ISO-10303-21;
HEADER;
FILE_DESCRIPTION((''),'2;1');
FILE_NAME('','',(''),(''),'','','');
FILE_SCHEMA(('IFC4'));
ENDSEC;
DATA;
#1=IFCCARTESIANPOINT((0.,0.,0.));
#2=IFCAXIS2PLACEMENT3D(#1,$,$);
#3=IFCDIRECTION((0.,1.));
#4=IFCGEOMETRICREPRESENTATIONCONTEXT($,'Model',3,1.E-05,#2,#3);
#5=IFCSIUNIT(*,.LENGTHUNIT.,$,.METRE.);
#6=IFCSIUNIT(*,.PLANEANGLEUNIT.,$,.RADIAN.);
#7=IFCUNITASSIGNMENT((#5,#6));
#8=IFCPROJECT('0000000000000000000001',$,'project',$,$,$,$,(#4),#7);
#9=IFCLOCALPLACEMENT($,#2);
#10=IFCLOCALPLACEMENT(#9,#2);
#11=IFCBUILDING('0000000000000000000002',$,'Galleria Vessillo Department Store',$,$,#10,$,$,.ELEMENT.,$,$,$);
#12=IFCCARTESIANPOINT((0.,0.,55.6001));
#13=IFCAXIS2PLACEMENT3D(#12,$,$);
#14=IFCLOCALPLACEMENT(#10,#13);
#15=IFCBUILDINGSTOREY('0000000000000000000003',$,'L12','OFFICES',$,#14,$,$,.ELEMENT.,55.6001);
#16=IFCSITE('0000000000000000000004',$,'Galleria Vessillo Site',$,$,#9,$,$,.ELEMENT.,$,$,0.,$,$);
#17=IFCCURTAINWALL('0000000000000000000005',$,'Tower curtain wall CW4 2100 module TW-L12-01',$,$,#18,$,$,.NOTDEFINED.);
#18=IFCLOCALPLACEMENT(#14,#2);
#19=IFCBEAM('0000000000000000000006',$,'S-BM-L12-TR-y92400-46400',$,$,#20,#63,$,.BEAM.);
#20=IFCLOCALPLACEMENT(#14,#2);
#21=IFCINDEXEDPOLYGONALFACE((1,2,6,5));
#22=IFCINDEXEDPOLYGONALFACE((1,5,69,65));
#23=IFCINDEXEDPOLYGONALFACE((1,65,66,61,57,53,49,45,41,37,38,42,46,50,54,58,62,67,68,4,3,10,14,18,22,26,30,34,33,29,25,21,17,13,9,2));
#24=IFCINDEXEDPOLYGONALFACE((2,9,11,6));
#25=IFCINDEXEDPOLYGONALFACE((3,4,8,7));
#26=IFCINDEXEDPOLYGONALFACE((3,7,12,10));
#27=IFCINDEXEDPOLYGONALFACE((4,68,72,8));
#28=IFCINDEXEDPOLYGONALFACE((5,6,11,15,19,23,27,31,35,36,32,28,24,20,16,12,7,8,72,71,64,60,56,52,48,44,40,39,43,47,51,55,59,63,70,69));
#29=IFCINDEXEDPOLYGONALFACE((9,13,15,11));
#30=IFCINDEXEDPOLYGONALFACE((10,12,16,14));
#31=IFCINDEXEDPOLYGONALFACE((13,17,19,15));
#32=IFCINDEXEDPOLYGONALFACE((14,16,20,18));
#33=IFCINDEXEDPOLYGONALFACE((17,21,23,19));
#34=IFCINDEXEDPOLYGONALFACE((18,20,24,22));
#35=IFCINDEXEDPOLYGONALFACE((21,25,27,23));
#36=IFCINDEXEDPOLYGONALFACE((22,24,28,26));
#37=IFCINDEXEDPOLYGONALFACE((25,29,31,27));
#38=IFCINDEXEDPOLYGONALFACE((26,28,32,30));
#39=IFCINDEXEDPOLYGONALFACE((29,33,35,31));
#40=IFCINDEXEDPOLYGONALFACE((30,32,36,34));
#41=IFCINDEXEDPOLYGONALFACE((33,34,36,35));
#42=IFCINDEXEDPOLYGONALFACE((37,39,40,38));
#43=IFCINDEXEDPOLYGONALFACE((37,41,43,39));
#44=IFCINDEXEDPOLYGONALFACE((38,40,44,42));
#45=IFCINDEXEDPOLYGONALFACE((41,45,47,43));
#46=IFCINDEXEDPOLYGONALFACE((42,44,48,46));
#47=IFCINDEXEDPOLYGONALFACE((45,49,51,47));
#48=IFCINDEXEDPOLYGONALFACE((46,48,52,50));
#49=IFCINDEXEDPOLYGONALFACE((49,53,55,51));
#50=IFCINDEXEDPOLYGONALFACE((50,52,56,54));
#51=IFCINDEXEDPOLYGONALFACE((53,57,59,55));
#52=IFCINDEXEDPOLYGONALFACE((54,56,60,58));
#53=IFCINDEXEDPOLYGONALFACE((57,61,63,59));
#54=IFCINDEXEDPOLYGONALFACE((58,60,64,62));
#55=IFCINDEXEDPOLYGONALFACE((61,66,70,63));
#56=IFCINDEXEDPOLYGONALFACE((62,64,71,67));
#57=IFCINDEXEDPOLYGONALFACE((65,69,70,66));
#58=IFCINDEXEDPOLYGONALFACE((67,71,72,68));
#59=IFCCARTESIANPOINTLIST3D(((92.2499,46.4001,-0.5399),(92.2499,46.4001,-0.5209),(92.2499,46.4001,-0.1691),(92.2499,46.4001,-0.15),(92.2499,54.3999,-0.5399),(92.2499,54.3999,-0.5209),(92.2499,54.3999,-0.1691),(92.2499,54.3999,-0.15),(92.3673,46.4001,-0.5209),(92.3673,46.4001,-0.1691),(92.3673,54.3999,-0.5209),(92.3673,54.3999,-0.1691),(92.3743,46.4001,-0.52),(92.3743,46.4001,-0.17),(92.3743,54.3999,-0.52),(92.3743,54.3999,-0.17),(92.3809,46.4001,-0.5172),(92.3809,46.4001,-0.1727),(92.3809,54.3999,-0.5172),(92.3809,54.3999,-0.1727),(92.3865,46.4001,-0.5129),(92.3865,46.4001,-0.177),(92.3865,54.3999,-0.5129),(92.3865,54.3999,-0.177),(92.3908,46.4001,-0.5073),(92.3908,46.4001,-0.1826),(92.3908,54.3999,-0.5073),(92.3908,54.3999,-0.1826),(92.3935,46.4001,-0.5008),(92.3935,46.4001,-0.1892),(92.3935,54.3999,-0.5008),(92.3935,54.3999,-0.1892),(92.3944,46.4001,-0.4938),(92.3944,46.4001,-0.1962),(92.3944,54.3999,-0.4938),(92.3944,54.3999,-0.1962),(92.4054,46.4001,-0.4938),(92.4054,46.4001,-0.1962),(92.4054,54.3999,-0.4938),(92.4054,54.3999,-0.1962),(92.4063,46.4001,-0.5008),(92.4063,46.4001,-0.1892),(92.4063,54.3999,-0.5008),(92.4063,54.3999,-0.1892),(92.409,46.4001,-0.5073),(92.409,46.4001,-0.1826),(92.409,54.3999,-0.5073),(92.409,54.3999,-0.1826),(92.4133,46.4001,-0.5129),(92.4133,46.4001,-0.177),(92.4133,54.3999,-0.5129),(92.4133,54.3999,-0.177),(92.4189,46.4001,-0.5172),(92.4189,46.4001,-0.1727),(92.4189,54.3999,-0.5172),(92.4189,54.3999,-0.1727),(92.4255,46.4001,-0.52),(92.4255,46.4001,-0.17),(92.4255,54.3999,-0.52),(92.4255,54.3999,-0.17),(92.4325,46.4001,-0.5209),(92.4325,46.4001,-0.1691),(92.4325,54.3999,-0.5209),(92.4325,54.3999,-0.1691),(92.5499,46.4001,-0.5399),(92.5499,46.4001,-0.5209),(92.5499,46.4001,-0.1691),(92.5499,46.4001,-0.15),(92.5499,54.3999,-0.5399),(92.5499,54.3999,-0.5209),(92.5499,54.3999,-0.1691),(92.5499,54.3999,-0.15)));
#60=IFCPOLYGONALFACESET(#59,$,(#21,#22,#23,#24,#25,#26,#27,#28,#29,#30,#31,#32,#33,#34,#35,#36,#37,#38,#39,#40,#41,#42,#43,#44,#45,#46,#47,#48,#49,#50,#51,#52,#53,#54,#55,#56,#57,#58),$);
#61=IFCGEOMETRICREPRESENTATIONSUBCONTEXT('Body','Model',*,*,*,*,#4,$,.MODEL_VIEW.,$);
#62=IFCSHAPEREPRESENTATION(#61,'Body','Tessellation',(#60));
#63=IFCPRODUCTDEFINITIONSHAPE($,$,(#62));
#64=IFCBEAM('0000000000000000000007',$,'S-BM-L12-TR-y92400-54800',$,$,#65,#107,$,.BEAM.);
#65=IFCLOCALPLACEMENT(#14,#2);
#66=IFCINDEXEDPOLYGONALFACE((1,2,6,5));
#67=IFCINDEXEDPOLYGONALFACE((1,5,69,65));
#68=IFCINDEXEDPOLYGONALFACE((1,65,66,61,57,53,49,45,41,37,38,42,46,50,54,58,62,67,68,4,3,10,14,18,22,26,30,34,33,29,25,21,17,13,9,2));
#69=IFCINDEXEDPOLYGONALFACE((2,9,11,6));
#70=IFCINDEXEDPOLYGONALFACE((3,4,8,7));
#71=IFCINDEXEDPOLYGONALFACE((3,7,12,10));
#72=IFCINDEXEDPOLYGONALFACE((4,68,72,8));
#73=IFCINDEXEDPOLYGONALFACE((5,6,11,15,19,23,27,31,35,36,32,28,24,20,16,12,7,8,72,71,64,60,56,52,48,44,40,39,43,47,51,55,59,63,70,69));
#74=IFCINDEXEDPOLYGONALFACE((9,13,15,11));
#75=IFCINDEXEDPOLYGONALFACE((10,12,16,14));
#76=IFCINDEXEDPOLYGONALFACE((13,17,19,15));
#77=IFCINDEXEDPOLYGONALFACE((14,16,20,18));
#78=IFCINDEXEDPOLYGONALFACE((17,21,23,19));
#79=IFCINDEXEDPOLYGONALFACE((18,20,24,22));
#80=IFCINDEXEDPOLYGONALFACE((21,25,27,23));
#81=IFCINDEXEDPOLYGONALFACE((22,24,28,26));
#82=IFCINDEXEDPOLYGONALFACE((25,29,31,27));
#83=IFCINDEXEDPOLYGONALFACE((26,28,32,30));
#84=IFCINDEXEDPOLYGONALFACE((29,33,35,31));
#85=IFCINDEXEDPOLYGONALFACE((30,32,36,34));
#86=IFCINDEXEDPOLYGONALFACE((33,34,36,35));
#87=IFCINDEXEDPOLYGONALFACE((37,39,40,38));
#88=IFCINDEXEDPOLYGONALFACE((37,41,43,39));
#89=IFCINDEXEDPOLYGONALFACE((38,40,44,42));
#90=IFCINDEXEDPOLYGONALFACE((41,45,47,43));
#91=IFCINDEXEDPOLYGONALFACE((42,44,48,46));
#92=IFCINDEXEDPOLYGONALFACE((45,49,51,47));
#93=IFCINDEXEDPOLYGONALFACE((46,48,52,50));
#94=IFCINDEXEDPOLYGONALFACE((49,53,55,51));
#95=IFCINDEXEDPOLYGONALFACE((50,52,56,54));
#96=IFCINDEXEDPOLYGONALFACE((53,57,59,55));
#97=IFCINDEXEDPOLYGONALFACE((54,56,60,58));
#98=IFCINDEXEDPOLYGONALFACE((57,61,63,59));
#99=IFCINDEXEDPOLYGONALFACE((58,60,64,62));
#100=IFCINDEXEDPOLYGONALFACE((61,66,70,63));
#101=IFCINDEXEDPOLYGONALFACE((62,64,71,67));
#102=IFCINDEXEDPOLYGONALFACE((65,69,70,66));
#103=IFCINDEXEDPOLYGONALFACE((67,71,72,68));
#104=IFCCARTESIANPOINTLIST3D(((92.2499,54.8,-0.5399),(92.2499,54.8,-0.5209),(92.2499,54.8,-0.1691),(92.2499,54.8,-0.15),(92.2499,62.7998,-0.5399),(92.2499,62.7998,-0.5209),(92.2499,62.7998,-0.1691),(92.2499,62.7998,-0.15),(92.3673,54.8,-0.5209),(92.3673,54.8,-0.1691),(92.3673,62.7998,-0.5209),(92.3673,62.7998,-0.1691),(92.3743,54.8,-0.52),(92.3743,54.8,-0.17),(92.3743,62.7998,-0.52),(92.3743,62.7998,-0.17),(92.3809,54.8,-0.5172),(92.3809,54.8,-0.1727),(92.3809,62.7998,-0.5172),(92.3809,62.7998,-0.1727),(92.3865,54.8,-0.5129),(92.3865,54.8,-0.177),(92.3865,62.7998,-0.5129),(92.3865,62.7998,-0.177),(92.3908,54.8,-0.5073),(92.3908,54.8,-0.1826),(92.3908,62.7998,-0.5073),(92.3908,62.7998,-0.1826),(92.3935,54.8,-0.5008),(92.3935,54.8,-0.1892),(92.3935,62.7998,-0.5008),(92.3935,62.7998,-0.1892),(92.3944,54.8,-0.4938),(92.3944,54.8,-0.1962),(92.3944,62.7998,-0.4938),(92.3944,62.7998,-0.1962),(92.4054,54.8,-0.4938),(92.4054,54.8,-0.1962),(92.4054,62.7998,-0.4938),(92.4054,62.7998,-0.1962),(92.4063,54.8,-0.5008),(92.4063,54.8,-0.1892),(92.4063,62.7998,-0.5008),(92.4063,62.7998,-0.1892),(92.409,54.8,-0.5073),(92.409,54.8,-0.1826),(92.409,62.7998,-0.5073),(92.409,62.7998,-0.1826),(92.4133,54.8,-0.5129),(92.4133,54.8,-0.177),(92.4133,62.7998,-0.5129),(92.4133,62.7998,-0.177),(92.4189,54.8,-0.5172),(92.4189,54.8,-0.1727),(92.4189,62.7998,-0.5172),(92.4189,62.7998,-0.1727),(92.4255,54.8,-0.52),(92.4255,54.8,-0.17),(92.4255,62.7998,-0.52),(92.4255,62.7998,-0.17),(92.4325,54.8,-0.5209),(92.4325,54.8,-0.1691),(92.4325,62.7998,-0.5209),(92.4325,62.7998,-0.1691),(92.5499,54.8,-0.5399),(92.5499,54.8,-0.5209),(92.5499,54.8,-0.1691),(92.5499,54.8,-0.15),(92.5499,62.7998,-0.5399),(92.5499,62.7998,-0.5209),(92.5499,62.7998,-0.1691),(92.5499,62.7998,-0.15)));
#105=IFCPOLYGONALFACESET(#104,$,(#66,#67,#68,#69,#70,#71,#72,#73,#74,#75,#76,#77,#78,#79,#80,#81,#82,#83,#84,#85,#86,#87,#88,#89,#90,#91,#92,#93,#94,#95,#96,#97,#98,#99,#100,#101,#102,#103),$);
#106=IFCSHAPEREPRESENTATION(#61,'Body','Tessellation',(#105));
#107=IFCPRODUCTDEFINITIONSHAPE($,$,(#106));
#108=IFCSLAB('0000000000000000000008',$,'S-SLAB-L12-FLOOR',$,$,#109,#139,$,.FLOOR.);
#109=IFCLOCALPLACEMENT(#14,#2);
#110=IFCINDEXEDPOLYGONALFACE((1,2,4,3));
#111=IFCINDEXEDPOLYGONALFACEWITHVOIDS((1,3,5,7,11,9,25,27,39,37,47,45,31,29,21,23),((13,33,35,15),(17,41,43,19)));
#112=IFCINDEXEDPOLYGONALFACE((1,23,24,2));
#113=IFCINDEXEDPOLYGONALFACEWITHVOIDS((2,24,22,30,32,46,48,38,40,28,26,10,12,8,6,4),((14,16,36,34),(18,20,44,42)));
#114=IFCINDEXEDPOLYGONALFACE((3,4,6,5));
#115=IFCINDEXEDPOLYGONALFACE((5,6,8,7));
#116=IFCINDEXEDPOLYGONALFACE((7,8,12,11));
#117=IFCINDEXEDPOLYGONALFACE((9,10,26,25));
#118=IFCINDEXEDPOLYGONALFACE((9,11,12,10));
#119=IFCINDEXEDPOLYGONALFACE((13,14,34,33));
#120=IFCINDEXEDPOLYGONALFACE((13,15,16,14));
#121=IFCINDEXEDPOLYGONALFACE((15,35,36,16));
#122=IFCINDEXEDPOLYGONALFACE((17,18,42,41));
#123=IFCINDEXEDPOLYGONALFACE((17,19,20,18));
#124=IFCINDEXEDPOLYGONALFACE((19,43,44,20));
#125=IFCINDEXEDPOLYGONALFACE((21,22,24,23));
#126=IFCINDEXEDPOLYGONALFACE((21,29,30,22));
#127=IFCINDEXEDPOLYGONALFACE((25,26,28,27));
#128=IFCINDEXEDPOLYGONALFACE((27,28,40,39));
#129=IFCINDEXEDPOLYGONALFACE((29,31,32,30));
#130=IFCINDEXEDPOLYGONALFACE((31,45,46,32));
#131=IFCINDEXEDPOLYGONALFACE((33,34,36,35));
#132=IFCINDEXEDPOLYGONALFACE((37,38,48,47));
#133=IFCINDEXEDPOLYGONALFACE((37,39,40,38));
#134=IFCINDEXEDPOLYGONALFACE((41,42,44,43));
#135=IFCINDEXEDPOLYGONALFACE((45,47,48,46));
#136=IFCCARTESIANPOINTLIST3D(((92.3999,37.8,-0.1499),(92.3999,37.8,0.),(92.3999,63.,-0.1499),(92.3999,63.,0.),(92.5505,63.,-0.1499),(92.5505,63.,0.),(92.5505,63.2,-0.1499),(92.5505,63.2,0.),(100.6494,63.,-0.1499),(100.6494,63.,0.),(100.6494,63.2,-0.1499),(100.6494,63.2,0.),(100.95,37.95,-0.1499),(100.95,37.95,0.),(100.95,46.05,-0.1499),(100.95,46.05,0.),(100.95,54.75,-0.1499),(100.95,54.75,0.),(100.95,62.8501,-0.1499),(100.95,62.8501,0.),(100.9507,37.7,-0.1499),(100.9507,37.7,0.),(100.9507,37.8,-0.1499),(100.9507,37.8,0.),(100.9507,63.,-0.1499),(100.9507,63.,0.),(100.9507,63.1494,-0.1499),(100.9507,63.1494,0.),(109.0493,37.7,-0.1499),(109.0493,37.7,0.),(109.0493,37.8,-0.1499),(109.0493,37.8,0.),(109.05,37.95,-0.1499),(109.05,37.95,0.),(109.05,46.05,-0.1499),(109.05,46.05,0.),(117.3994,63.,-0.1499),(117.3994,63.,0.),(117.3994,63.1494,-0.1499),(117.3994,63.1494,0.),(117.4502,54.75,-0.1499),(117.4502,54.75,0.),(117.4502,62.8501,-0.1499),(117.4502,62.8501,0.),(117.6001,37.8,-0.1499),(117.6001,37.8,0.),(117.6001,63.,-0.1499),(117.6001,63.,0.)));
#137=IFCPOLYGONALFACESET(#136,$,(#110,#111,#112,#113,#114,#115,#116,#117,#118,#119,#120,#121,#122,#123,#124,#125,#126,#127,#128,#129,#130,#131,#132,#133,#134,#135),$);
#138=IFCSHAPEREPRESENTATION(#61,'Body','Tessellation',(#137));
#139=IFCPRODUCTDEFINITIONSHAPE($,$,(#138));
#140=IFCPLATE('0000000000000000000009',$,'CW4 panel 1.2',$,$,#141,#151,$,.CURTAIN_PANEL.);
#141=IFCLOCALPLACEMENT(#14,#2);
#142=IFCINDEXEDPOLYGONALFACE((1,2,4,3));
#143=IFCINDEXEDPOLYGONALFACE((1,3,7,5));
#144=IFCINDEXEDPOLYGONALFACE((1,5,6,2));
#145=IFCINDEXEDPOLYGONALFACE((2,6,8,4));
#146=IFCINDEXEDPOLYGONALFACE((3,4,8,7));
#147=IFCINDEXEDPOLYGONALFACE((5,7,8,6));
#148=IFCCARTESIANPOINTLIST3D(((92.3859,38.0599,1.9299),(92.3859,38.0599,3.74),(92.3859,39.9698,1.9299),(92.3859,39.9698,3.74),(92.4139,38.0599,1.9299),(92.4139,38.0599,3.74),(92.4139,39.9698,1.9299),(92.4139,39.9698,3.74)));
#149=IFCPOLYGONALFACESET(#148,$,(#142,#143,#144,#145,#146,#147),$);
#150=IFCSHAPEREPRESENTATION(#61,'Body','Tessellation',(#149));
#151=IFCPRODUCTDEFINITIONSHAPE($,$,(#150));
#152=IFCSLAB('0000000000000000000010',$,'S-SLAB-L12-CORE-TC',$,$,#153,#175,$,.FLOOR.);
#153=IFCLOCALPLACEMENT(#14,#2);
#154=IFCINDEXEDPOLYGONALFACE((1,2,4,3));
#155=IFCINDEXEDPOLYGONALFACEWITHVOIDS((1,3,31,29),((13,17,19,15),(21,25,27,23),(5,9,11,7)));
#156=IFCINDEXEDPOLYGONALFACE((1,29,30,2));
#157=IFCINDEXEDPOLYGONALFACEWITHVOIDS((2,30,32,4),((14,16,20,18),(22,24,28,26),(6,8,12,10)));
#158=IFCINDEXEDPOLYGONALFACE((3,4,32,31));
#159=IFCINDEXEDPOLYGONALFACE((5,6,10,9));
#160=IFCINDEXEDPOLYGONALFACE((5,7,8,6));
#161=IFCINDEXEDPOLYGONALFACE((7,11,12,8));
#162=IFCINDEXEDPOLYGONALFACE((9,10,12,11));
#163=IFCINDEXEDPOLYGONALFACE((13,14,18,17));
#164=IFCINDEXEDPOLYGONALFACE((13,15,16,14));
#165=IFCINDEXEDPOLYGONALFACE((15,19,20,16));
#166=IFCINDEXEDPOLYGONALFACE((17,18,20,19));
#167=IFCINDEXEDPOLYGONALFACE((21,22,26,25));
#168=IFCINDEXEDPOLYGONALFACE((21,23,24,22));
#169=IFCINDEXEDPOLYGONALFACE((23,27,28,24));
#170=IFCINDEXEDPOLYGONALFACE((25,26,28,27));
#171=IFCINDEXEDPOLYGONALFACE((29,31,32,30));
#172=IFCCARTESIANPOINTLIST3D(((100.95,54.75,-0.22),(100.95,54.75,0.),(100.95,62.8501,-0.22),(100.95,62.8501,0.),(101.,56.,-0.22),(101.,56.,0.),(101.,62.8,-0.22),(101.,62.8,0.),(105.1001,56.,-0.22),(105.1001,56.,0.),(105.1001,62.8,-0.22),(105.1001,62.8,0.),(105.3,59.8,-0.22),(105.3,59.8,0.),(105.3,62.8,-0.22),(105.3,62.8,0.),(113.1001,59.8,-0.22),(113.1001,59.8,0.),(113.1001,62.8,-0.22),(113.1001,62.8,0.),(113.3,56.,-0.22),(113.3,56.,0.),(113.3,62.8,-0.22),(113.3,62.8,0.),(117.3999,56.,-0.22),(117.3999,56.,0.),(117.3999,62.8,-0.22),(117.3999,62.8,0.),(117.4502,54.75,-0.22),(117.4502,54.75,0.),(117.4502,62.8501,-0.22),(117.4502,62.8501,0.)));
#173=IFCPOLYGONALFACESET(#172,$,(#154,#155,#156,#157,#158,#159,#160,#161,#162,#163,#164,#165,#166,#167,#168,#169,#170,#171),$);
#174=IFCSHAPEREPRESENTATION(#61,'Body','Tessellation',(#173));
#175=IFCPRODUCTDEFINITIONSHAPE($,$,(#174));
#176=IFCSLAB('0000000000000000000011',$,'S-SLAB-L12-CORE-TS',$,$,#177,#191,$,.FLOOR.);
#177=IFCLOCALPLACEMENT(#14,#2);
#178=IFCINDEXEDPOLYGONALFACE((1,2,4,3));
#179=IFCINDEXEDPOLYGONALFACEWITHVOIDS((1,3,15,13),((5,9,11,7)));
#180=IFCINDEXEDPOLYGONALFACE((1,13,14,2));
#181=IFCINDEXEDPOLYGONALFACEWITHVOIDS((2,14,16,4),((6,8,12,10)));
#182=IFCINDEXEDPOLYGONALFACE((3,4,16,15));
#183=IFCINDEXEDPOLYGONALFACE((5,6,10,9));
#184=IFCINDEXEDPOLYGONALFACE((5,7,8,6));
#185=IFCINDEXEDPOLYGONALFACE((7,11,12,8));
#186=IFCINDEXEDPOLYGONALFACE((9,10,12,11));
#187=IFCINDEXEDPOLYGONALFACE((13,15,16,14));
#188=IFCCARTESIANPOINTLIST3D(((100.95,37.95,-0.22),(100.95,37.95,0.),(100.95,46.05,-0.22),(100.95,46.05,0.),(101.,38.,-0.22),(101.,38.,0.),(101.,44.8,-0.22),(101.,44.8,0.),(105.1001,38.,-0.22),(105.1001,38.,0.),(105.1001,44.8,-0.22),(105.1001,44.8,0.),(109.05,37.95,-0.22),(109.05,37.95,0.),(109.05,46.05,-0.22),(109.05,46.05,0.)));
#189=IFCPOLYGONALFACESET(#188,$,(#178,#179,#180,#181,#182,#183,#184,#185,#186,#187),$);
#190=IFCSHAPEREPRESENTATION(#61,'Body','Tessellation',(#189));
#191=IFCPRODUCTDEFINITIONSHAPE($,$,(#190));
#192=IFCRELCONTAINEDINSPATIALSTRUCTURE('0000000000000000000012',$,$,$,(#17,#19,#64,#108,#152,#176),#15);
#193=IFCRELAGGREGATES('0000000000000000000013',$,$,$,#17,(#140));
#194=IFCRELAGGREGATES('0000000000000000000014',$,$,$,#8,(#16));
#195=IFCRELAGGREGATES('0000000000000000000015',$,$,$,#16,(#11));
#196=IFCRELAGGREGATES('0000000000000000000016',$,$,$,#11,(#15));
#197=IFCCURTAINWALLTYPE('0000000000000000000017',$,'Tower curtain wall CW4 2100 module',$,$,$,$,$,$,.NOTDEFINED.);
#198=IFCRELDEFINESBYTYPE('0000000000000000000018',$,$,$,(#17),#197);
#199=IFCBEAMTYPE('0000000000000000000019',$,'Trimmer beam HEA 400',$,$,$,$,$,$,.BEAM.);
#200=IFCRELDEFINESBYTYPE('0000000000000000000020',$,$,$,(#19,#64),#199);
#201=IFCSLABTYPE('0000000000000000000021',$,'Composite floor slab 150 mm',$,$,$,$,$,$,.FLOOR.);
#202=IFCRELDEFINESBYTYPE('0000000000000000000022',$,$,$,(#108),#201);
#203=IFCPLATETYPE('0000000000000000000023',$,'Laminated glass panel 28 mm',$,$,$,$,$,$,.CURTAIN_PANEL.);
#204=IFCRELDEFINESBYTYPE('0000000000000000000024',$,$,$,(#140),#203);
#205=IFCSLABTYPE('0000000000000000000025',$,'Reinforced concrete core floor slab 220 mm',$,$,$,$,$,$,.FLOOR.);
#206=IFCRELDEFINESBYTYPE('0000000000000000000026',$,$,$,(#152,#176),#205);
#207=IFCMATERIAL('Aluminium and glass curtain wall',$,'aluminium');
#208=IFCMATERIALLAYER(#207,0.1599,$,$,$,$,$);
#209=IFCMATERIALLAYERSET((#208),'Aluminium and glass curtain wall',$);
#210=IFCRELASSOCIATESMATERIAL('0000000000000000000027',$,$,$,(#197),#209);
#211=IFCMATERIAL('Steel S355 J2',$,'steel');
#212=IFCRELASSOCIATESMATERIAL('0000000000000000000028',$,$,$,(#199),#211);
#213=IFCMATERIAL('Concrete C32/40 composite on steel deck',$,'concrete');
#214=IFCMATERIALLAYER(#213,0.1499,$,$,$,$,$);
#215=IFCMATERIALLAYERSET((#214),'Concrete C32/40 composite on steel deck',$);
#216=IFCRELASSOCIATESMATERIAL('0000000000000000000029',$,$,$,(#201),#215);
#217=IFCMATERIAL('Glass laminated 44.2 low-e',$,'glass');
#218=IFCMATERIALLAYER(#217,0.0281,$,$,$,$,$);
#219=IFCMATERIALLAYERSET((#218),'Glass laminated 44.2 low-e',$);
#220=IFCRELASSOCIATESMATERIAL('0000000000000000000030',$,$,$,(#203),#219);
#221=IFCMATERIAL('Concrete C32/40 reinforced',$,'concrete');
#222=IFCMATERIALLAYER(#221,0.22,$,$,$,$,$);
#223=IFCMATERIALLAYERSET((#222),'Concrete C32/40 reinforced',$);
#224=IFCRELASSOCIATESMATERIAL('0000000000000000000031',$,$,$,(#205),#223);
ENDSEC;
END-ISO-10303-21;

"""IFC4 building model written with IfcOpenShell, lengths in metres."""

from ifc_helpers import new_model, si_unit, direction, frame, origin, origin_2d, place, context, subcontext, project, spatial, polyline, rectangle, i_section, outline, extrude, material, layer, layer_set, material_profile, profile_set, type_object, element, aggregate, save


model = new_model("IFC4")

# Units and contexts
model_context = context("Model", 3, precision=1e-05, world=origin(), true_north=direction((0.0, 1.0)))
body_context = subcontext(model_context, "Body", "Model", "MODEL_VIEW")
ifc_project = project(units=[si_unit("LENGTHUNIT", "METRE"), si_unit("PLANEANGLEUNIT", "RADIAN")], contexts=[model_context])

# Site, building, storey
site_placement = place(None, origin())
site = spatial("IfcSite", under=ifc_project, at=site_placement, Name="Galleria Vessillo Site", CompositionType="ELEMENT", RefElevation=0.0)
building_placement = place(site_placement, origin())
building = spatial("IfcBuilding", under=site, at=building_placement, Name="Galleria Vessillo Department Store", CompositionType="ELEMENT")
storey_placement = place(building_placement, frame((0.0, 0.0, 55.6001)))
storey = spatial("IfcBuildingStorey", under=building, at=storey_placement, Name="L12", Description="OFFICES", CompositionType="ELEMENT", Elevation=55.6001)

# Curtain wall
ifc_material_1 = material(Name="Aluminium and glass curtain wall", Category="aluminium")
ifc_layer_1 = layer(ifc_material_1, 0.1599)
ifc_layer_set_1 = layer_set([ifc_layer_1], Name="Aluminium and glass curtain wall")
curtain_wall_type = type_object("IfcCurtainWallType", Name="Tower curtain wall CW4 2100 module", PredefinedType="NOTDEFINED", material=ifc_layer_set_1)
curtain_wall_placement = place(storey_placement, origin())
curtain_wall = element("IfcCurtainWall", 1, at=curtain_wall_placement, inside=storey, type_object=curtain_wall_type, Name="Tower curtain wall CW4 2100 module TW-L12-01", PredefinedType="NOTDEFINED")

# Beams
ifc_material_2 = material(Name="Steel S355 J2", Category="steel")
ifc_material_profile_1 = material_profile(ifc_material_2, i_section(OverallWidth=0.3, OverallDepth=0.3899, WebThickness=0.011, FlangeThickness=0.019, FilletRadius=0.0271, at=origin_2d()), Name="HEA 400")
ifc_profile_set_1 = profile_set([ifc_material_profile_1], Name="Steel S355 J2")
beam_type = type_object("IfcBeamType", Name="Trimmer beam HEA 400", PredefinedType="BEAM", material=ifc_profile_set_1)
for number, where, z_axis, x_axis, name in (
    (2, (92.3999, 46.4001, -0.345), (0.0, 1.0, 0.0), (-1.0, 0.0, 0.0), "S-BM-L12-TR-y92400-46400"),
    (3, (92.3999, 54.8, -0.345), (0.0, 1.0, 0.0), (-1.0, 0.0, 0.0), "S-BM-L12-TR-y92400-54800"),
):
    element("IfcBeam", number, at=place(storey_placement, frame(where, z_axis=z_axis, x_axis=x_axis)), inside=storey, type_object=beam_type, Name=name, PredefinedType="BEAM", context=body_context, shape_type="SweptSolid", body=[
        extrude(i_section(OverallWidth=0.3, OverallDepth=0.3899, WebThickness=0.011, FlangeThickness=0.019, FilletRadius=0.0271, at=origin_2d()), origin(), (0.0, 0.0, 1.0), 7.9998),
    ])

# Slab
ifc_material_3 = material(Name="Concrete C32/40 composite on steel deck", Category="concrete")
ifc_layer_2 = layer(ifc_material_3, 0.1499)
ifc_layer_set_2 = layer_set([ifc_layer_2], Name="Concrete C32/40 composite on steel deck")
slab_type_1 = type_object("IfcSlabType", Name="Composite floor slab 150 mm", PredefinedType="FLOOR", material=ifc_layer_set_2)
slab_1_placement = place(storey_placement, frame((0.0, 0.0, -0.1499)))
element("IfcSlab", 4, at=slab_1_placement, inside=storey, type_object=slab_type_1, Name="S-SLAB-L12-FLOOR", PredefinedType="FLOOR", context=body_context, shape_type="SweptSolid", body=[
    extrude(outline(polyline([(100.9507, 37.8), (92.3999, 37.8), (92.3999, 63.0), (92.5505, 63.0), (92.5505, 63.2), (100.6494, 63.2), (100.6494, 63.0), (100.9507, 63.0), (100.9507, 63.1494), (117.3994, 63.1494), (117.3994, 63.0), (117.6001, 63.0), (117.6001, 37.8), (109.0493, 37.8), (109.0493, 37.7), (100.9507, 37.7), (100.9507, 37.8)]), holes=[polyline([(109.05, 37.95), (109.05, 46.05), (100.95, 46.05), (100.95, 37.95), (109.05, 37.95)]), polyline([(117.4502, 54.75), (117.4502, 62.8501), (100.95, 62.8501), (100.95, 54.75), (117.4502, 54.75)])]), origin(), (0.0, 0.0, 1.0), 0.1499),
])

# Plate
ifc_material_4 = material(Name="Glass laminated 44.2 low-e", Category="glass")
ifc_layer_3 = layer(ifc_material_4, 0.0281)
ifc_layer_set_3 = layer_set([ifc_layer_3], Name="Glass laminated 44.2 low-e")
plate_type_1 = type_object("IfcPlateType", Name="Laminated glass panel 28 mm", PredefinedType="CURTAIN_PANEL", material=ifc_layer_set_3)
plate_1_placement = place(storey_placement, frame((92.3999, 39.0149, 1.9299), z_axis=(0.0, 0.0, 1.0), x_axis=(0.0, 1.0, 0.0)))
plate_1 = element("IfcPlate", 5, at=plate_1_placement, type_object=plate_type_1, Name="CW4 panel 1.2", PredefinedType="CURTAIN_PANEL", context=body_context, shape_type="SweptSolid", body=[
    extrude(rectangle(XDim=1.9099, YDim=0.0281, at=origin_2d()), origin(), (0.0, 0.0, 1.0), 1.8101),
])

# Slabs
ifc_material_5 = material(Name="Concrete C32/40 reinforced", Category="concrete")
ifc_layer_4 = layer(ifc_material_5, 0.22)
ifc_layer_set_4 = layer_set([ifc_layer_4], Name="Concrete C32/40 reinforced")
slab_type_2 = type_object("IfcSlabType", Name="Reinforced concrete core floor slab 220 mm", PredefinedType="FLOOR", material=ifc_layer_set_4)
slab_2_placement = place(storey_placement, frame((0.0, 0.0, -0.22)))
element("IfcSlab", 6, at=slab_2_placement, inside=storey, type_object=slab_type_2, Name="S-SLAB-L12-CORE-TC", PredefinedType="FLOOR", context=body_context, shape_type="SweptSolid", body=[
    extrude(outline(polyline([(100.95, 54.75), (100.95, 62.8501), (117.4502, 62.8501), (117.4502, 54.75), (100.95, 54.75)]), holes=[polyline([(105.1001, 56.0), (105.1001, 62.8), (101.0, 62.8), (101.0, 56.0), (105.1001, 56.0)]), polyline([(113.3, 56.0), (117.3999, 56.0), (117.3999, 62.8), (113.3, 62.8), (113.3, 56.0)]), polyline([(105.3, 59.8), (113.1001, 59.8), (113.1001, 62.8), (105.3, 62.8), (105.3, 59.8)])]), origin(), (0.0, 0.0, 1.0), 0.22),
])
slab_3_placement = place(storey_placement, frame((0.0, 0.0, -0.22)))
element("IfcSlab", 7, at=slab_3_placement, inside=storey, type_object=slab_type_2, Name="S-SLAB-L12-CORE-TS", PredefinedType="FLOOR", context=body_context, shape_type="SweptSolid", body=[
    extrude(outline(polyline([(100.95, 37.95), (100.95, 46.05), (109.05, 46.05), (109.05, 37.95), (100.95, 37.95)]), holes=[polyline([(105.1001, 44.8), (101.0, 44.8), (101.0, 38.0), (105.1001, 38.0), (105.1001, 44.8)])]), origin(), (0.0, 0.0, 1.0), 0.22),
])

aggregate(curtain_wall, [plate_1])

save(model, "model.ifc")
